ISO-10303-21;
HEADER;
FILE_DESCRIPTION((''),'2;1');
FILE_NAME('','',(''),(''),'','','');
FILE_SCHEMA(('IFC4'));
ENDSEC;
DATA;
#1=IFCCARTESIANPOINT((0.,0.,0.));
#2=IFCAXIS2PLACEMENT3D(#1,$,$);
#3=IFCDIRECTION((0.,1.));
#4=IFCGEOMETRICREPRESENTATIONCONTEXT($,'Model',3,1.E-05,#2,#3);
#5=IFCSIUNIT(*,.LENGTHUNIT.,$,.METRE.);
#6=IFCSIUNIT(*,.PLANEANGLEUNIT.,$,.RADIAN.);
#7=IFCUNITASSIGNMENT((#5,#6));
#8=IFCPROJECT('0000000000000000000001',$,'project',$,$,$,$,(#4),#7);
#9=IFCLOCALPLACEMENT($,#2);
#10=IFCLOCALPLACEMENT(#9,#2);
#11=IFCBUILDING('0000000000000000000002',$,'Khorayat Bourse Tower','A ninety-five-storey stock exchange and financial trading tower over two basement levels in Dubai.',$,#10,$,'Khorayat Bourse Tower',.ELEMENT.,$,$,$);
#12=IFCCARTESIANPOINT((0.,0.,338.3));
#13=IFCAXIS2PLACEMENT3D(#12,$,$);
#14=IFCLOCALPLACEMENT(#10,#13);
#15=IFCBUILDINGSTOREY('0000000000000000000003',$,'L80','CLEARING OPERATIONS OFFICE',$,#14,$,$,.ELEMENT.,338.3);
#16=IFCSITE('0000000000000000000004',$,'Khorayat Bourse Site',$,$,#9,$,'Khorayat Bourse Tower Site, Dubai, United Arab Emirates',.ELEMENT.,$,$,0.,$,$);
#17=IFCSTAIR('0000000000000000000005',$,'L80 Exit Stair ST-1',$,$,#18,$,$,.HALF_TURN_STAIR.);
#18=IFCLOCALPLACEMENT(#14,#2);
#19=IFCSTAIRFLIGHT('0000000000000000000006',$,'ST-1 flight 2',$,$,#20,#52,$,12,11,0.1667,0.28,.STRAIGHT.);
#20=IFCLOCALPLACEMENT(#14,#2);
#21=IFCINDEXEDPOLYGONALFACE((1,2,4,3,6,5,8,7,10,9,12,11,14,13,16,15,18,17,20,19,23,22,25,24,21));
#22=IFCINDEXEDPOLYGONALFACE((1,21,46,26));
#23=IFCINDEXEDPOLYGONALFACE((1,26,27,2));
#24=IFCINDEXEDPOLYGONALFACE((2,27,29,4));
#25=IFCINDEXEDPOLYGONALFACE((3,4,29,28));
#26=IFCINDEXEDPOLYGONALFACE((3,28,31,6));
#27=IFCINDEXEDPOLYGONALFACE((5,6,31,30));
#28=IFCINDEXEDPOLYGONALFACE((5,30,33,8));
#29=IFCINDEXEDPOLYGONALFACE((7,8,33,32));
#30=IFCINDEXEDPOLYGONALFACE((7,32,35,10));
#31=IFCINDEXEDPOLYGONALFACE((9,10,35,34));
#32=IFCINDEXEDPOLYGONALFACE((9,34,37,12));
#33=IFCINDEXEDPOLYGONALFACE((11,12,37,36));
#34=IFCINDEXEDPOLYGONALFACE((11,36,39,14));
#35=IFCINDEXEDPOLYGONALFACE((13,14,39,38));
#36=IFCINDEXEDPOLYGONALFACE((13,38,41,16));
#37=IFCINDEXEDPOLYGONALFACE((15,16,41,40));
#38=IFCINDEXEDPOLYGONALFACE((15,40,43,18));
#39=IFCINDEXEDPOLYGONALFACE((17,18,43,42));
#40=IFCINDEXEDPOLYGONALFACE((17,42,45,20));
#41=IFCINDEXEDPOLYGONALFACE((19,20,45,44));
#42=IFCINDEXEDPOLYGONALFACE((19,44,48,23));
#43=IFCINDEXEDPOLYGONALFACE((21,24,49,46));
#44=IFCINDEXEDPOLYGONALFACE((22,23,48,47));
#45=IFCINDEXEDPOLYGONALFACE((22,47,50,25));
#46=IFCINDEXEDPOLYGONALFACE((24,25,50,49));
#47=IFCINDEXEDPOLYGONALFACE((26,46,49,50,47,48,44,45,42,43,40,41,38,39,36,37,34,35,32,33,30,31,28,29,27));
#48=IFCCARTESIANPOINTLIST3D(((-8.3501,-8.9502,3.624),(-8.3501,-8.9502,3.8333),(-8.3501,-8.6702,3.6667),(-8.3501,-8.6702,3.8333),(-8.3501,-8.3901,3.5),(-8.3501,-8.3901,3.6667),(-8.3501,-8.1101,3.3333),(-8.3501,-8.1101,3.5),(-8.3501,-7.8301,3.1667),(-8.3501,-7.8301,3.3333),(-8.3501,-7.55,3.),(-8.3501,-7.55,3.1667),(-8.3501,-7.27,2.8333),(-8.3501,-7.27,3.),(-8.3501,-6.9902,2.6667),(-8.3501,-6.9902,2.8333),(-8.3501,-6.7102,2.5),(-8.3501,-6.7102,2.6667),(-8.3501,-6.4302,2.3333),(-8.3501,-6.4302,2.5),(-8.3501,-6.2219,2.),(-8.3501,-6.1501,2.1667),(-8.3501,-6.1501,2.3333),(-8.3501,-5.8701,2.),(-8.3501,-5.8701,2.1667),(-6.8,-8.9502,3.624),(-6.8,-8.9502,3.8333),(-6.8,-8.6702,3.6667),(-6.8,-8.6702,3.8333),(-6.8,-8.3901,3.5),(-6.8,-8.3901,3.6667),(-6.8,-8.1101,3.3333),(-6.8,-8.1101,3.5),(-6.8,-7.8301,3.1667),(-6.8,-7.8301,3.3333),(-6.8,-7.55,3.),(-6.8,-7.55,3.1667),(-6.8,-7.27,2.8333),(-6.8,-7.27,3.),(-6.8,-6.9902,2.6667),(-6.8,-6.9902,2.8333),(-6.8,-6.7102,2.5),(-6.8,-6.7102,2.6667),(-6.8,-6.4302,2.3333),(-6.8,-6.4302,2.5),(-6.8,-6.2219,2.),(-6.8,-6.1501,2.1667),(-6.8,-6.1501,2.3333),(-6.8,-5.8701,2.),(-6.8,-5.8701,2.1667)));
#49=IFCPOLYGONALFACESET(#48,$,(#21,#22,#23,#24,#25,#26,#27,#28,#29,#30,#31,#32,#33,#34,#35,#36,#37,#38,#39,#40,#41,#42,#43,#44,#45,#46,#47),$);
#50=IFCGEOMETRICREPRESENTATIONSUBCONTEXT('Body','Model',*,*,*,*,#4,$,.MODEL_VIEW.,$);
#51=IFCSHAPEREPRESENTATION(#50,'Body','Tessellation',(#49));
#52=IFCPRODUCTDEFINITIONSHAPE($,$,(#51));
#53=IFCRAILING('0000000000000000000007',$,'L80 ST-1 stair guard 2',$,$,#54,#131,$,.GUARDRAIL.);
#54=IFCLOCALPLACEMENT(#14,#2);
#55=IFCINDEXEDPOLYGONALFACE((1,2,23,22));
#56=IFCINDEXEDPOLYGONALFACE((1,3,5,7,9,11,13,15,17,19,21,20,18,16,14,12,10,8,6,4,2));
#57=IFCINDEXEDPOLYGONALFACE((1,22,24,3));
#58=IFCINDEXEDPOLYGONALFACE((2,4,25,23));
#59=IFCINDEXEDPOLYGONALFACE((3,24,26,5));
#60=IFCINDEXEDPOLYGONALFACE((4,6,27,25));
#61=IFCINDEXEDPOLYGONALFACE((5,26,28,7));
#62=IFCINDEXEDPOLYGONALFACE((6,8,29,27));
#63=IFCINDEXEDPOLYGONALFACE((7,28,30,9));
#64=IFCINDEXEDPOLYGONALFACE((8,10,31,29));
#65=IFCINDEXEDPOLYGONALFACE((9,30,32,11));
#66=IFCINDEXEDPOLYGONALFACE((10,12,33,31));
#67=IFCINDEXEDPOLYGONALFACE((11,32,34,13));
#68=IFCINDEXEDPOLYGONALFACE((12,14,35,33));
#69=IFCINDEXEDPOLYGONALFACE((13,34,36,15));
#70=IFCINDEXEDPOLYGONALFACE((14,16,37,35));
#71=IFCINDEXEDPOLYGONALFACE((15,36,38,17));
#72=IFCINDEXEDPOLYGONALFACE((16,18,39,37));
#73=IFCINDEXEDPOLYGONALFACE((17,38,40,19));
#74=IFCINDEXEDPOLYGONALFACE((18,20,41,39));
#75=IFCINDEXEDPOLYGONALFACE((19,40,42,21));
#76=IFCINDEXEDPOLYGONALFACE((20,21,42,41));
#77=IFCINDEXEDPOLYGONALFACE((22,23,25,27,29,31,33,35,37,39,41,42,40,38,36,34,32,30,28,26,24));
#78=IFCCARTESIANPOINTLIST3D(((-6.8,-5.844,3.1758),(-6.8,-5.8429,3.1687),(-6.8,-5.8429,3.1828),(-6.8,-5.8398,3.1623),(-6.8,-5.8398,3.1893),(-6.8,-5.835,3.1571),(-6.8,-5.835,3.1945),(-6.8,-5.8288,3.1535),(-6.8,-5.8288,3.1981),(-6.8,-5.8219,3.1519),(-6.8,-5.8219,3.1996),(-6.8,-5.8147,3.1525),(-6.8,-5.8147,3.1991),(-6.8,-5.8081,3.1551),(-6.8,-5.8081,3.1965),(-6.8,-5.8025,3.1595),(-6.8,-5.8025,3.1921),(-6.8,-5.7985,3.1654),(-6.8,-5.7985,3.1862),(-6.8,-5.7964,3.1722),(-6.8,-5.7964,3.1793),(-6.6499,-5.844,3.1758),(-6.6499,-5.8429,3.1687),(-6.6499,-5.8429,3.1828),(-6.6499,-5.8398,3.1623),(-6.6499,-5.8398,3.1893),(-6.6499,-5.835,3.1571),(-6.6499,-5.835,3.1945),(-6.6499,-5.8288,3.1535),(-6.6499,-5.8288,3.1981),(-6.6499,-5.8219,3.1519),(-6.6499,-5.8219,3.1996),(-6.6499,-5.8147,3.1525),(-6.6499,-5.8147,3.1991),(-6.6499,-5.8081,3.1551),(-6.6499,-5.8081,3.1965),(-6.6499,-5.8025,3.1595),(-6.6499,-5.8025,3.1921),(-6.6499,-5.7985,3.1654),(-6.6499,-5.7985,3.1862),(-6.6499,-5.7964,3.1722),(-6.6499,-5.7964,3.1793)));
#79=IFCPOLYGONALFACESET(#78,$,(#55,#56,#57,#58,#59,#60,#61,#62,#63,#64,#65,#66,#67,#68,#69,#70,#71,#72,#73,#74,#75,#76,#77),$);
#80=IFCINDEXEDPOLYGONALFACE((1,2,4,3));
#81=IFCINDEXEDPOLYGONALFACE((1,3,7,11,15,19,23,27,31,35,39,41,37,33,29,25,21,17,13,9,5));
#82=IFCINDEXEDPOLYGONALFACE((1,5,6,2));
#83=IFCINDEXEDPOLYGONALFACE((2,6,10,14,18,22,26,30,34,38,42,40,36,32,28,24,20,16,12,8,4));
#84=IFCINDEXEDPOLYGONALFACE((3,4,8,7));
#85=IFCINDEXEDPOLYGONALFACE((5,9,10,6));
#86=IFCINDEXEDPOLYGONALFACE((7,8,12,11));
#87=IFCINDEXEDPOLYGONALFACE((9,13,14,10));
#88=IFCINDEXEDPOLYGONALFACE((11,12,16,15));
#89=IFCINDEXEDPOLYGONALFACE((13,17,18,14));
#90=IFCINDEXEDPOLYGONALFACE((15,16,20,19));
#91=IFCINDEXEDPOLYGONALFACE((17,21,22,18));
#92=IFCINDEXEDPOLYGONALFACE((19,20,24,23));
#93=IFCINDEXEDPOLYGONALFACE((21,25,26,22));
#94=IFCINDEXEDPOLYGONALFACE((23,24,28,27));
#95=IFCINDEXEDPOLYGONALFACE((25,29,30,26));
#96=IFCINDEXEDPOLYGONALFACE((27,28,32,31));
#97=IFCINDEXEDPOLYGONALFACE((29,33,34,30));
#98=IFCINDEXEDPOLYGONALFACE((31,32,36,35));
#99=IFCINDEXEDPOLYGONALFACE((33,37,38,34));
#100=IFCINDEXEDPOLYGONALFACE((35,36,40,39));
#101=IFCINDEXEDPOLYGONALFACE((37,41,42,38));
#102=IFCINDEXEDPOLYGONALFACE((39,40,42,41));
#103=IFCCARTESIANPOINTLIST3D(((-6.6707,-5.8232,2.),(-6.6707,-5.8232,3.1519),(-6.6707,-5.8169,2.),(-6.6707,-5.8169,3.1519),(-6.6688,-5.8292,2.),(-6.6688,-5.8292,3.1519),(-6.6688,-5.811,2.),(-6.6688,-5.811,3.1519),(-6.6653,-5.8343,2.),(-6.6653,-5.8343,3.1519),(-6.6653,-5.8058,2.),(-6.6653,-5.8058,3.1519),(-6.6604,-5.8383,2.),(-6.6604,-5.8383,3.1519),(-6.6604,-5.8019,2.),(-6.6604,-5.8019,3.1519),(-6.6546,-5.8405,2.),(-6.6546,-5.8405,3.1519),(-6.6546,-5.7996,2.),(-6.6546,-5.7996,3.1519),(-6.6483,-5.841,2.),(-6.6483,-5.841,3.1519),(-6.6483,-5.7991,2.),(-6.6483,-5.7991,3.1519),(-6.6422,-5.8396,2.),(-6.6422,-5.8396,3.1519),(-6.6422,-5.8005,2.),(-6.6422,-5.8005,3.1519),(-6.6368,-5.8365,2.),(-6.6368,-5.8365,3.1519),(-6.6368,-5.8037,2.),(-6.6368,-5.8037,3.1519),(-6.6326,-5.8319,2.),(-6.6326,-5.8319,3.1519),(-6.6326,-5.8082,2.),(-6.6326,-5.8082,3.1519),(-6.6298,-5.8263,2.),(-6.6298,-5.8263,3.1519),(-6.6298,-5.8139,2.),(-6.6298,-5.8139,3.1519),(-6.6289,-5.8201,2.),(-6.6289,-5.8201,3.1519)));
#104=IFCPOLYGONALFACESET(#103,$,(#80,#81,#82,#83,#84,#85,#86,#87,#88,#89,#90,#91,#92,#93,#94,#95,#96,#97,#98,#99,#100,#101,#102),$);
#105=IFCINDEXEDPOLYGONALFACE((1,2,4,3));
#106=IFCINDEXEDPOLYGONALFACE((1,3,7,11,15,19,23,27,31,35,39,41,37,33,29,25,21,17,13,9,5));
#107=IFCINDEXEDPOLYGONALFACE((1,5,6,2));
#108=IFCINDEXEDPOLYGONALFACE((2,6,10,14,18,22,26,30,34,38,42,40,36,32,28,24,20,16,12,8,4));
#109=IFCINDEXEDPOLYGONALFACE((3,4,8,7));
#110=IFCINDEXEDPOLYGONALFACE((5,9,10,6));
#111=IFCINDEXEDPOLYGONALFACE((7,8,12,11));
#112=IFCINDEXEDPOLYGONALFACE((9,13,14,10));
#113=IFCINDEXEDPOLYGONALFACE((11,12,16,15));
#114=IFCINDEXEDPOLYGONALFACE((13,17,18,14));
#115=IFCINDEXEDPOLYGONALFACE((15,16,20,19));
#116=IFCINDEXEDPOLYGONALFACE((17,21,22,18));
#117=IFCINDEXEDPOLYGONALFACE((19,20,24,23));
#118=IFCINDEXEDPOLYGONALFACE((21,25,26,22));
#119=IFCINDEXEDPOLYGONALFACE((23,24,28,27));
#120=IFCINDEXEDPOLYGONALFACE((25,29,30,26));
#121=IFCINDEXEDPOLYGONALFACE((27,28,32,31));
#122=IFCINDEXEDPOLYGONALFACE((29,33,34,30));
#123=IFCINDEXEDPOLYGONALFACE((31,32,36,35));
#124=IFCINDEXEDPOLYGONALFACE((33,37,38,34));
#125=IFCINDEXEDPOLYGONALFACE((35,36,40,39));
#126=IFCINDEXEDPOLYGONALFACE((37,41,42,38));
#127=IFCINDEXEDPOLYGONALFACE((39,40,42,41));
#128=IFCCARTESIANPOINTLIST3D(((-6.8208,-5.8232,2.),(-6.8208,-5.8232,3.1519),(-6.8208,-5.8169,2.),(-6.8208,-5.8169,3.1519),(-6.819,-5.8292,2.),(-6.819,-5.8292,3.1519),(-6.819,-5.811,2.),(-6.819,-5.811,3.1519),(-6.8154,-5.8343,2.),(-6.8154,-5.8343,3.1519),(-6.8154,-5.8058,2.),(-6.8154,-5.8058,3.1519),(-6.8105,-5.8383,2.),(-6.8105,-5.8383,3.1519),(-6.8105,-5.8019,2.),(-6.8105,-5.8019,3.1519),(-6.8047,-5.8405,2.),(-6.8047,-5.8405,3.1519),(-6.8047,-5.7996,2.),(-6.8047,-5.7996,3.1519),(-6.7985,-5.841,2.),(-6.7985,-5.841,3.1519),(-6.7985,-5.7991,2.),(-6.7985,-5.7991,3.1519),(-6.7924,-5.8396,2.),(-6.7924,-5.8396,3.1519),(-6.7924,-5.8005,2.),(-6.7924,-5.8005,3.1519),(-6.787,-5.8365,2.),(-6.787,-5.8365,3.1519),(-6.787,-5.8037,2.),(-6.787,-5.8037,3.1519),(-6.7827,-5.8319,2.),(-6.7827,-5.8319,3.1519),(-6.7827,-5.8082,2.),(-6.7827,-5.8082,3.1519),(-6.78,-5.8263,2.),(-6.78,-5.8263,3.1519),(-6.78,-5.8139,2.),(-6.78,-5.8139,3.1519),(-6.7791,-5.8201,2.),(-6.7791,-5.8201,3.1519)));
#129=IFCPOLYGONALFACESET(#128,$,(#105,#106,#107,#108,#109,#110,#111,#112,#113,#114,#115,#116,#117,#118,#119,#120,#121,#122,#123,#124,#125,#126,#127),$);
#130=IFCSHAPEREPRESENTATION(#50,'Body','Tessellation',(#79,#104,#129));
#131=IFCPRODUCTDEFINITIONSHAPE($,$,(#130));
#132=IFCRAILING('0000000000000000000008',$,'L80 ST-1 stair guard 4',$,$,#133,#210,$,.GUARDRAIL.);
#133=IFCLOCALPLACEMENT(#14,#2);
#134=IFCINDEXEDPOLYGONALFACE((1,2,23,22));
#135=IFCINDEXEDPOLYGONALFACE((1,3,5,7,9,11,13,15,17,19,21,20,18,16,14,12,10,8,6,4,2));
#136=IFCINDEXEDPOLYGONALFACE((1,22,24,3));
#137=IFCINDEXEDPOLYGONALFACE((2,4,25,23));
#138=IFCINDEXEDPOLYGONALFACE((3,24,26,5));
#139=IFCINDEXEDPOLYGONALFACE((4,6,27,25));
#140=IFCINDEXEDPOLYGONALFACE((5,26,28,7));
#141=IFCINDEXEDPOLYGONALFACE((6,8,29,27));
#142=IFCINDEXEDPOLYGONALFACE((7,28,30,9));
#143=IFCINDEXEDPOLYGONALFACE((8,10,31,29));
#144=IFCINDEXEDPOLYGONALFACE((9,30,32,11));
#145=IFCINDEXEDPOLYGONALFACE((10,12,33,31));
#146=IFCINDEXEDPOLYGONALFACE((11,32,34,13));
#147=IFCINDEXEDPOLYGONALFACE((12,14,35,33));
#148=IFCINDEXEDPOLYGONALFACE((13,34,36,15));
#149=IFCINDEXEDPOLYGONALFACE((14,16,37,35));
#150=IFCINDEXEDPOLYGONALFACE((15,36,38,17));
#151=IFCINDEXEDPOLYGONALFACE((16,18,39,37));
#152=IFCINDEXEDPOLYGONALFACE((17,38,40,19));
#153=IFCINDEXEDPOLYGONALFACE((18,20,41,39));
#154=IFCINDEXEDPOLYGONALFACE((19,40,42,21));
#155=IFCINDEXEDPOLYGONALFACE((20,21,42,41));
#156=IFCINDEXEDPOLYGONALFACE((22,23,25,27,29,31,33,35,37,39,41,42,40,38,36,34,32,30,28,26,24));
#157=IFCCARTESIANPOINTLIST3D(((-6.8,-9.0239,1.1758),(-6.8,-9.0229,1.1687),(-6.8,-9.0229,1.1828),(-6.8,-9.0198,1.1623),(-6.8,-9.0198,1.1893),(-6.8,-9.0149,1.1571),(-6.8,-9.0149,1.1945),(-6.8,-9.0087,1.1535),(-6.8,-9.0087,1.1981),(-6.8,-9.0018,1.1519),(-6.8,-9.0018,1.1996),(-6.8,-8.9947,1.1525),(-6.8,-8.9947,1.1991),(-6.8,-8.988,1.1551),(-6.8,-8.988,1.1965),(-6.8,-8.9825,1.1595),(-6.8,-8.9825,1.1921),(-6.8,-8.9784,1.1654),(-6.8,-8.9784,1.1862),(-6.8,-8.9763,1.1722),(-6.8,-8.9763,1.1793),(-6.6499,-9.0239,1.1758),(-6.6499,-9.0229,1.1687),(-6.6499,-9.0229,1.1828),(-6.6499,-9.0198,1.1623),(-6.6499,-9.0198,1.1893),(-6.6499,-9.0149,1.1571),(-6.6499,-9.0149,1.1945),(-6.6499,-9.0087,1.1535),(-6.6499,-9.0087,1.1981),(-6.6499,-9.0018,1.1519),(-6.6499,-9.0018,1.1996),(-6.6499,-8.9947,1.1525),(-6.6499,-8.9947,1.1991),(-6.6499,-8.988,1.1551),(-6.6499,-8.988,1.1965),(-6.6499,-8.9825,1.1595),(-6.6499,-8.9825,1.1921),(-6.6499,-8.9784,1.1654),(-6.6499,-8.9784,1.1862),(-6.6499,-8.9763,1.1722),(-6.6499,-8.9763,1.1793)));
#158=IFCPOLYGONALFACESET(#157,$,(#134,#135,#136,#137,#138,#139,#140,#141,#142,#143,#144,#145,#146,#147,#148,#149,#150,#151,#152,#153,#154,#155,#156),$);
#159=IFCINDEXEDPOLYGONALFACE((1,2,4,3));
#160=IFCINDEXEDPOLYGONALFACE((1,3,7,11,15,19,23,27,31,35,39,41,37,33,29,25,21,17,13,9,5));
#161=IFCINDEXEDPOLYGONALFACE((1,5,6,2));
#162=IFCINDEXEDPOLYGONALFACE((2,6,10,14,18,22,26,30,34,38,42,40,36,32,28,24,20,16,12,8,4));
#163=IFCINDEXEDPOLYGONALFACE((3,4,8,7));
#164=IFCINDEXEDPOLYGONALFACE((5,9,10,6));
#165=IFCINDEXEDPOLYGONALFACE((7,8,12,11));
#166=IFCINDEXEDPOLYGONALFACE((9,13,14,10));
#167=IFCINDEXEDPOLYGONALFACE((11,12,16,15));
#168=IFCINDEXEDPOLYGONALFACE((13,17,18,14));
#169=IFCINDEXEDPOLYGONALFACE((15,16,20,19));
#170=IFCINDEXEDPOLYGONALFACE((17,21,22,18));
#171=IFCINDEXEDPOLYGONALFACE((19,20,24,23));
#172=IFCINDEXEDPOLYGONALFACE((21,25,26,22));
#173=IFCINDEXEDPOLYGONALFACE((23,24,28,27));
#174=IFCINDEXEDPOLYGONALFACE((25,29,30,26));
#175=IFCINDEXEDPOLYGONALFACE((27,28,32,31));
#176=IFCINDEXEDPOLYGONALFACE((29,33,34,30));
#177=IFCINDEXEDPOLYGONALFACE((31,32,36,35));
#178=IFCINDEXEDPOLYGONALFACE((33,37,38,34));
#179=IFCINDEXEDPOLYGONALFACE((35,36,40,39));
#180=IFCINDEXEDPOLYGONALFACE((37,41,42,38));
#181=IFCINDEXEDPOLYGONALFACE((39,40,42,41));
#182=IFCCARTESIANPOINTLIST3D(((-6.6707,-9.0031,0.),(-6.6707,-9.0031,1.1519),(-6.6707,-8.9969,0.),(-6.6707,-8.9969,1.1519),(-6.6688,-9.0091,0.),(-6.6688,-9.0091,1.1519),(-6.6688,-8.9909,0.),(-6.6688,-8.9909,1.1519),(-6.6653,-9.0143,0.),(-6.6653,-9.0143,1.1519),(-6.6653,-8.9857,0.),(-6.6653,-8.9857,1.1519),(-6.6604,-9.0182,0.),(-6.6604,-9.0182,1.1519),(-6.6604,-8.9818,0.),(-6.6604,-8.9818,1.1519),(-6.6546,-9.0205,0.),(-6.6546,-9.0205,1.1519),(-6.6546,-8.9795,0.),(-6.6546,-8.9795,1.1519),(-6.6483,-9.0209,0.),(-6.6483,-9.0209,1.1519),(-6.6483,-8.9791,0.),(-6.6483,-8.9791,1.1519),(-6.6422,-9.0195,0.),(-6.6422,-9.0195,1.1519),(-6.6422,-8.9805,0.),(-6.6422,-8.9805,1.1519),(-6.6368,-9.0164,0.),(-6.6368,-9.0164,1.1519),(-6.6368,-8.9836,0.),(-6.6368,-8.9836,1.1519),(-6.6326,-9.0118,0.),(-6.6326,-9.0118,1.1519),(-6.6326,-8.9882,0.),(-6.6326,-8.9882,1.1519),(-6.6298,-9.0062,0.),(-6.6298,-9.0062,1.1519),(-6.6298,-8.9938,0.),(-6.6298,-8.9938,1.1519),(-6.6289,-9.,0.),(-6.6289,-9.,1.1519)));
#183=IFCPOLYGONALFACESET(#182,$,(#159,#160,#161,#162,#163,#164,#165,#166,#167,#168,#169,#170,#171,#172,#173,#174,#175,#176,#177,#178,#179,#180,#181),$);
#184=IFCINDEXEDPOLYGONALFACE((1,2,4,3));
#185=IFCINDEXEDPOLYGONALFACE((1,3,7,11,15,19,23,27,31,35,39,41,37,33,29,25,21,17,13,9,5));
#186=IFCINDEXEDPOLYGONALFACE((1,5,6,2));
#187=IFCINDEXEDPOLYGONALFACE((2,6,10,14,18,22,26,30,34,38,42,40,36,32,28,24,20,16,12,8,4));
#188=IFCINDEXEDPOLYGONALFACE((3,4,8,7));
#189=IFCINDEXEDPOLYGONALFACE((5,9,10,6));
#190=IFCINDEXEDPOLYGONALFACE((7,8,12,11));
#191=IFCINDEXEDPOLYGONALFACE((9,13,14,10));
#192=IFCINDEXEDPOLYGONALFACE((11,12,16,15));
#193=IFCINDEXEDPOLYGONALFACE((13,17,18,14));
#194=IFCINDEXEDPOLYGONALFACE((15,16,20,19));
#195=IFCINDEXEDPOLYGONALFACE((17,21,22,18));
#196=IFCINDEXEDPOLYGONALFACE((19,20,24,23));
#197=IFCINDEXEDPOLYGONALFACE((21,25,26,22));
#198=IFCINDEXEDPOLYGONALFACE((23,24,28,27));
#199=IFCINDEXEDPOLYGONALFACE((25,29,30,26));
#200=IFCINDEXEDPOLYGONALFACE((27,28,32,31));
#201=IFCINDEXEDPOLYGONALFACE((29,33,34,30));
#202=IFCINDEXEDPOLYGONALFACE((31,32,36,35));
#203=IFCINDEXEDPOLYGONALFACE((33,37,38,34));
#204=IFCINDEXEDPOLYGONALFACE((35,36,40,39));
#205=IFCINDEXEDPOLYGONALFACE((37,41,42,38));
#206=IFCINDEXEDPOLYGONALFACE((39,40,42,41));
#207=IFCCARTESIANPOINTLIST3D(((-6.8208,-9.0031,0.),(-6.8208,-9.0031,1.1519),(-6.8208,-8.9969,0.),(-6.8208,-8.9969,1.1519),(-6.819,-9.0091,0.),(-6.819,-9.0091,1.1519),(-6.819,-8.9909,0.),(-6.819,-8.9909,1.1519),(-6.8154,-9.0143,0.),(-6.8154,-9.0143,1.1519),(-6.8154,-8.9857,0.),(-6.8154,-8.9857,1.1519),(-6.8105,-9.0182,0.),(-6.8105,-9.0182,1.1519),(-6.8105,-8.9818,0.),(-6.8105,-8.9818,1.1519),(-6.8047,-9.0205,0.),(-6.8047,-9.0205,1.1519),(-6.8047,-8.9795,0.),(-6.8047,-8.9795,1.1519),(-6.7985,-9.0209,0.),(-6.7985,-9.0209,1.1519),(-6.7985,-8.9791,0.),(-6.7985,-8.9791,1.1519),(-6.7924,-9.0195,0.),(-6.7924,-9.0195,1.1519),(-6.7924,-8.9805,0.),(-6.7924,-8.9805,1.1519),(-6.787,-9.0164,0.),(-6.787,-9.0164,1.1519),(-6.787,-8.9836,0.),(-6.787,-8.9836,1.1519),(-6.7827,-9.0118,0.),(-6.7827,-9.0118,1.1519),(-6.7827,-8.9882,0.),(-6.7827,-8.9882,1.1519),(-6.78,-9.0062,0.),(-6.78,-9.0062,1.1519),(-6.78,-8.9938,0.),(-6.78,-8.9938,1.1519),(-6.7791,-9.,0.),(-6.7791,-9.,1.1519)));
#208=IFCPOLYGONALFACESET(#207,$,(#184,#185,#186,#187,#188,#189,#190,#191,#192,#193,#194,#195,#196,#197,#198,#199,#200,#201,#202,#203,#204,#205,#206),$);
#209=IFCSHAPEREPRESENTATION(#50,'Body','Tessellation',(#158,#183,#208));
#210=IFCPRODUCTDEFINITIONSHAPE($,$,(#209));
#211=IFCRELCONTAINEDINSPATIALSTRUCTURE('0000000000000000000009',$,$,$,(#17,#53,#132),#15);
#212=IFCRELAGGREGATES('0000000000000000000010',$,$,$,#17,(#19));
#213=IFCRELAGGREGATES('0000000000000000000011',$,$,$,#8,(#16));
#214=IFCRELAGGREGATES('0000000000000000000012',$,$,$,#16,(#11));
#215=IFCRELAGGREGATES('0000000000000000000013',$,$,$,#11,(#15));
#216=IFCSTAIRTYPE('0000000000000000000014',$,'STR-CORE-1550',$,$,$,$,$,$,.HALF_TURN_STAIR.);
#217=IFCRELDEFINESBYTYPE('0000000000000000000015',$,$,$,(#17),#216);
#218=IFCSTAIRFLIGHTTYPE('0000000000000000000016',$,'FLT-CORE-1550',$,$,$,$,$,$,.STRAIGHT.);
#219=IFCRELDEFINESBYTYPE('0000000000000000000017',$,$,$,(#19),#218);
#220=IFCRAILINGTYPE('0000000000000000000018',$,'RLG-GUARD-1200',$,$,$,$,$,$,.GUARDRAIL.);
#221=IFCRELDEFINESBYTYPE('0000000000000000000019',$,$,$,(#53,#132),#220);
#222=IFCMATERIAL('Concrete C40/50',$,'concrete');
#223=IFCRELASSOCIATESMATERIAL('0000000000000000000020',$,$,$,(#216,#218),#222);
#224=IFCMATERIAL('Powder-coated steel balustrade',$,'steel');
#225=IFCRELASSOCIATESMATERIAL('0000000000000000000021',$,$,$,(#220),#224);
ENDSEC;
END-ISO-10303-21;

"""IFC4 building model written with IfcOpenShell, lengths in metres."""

from ifc_helpers import new_model, si_unit, direction, frame, origin, origin_2d, place, context, subcontext, project, spatial, polyline, circle, outline, extrude, source, transform, mapped, material, type_object, element, aggregate, save


model = new_model("IFC4")

# Units and contexts
model_context = context("Model", 3, precision=1e-05, world=origin(), true_north=direction((0.0, 1.0)))
body_context = subcontext(model_context, "Body", "Model", "MODEL_VIEW")
ifc_project = project(units=[si_unit("LENGTHUNIT", "METRE"), si_unit("PLANEANGLEUNIT", "RADIAN")], contexts=[model_context])

# Site, building, storey
site_placement = place(None, origin())
site = spatial("IfcSite", under=ifc_project, at=site_placement, Name="Khorayat Bourse Site", LongName="Khorayat Bourse Tower Site, Dubai, United Arab Emirates", CompositionType="ELEMENT", RefElevation=0.0)
building_placement = place(site_placement, origin())
building = spatial("IfcBuilding", under=site, at=building_placement, Name="Khorayat Bourse Tower", Description="A ninety-five-storey stock exchange and financial trading tower over two basement levels in Dubai.", LongName="Khorayat Bourse Tower", CompositionType="ELEMENT")
storey_placement = place(building_placement, frame((0.0, 0.0, 338.3)))
storey = spatial("IfcBuildingStorey", under=building, at=storey_placement, Name="L80", Description="CLEARING OPERATIONS OFFICE", CompositionType="ELEMENT", Elevation=338.3)

# Stair, stair flight
ifc_material_1 = material(Name="Concrete C40/50", Category="concrete")
stair_type = type_object("IfcStairType", Name="STR-CORE-1550", PredefinedType="HALF_TURN_STAIR", material=ifc_material_1)
stair_placement = place(storey_placement, origin())
stair = element("IfcStair", 1, at=stair_placement, inside=storey, type_object=stair_type, Name="L80 Exit Stair ST-1", PredefinedType="HALF_TURN_STAIR")
stair_flight_type = type_object("IfcStairFlightType", Name="FLT-CORE-1550", PredefinedType="STRAIGHT", material=ifc_material_1)
shared_shape_1 = source(origin(), body_context, "Body", "SweptSolid", [
    extrude(outline(polyline([(0.0, 0.0), (0.0, 0.1667), (0.28, 0.1667), (0.28, 0.3333), (0.5601, 0.3333), (0.5601, 0.5), (0.8401, 0.5), (0.8401, 0.6667), (1.1201, 0.6667), (1.1201, 0.8333), (1.3999, 0.8333), (1.3999, 1.0), (1.6799, 1.0), (1.6799, 1.1667), (1.96, 1.1667), (1.96, 1.3333), (2.24, 1.3333), (2.24, 1.5), (2.52, 1.5), (2.52, 1.6667), (2.8, 1.6667), (2.8, 1.8333), (3.0801, 1.8333), (3.0801, 2.0), (3.0801, 1.624), (0.3518, 0.0), (0.0, 0.0)])), frame((0.0, 0.7749, 0.0), z_axis=(0.0, -1.0, 0.0), x_axis=(1.0, 0.0, 0.0)), (0.0, 0.0, 1.0), 1.55),
])
stair_flight_1_placement = place(storey_placement, frame((-7.575, -5.8701, 2.0), z_axis=(0.0, 0.0, 1.0), x_axis=(0.0, -1.0, 0.0)))
stair_flight_1 = element("IfcStairFlight", 2, at=stair_flight_1_placement, type_object=stair_flight_type, Name="ST-1 flight 2", NumberOfRisers=12, NumberOfTreads=11, PredefinedType="STRAIGHT", RiserHeight=0.1667, TreadLength=0.28, context=body_context, shape_type="MappedRepresentation", body=[
    mapped(shared_shape_1, transform((0.0, 0.0, 0.0), scale=1.0)),
])
aggregate(stair, [stair_flight_1])

# Railings
ifc_material_2 = material(Name="Powder-coated steel balustrade", Category="steel")
railing_type_1 = type_object("IfcRailingType", Name="RLG-GUARD-1200", PredefinedType="GUARDRAIL", material=ifc_material_2)
shared_shape_2 = source(origin(), body_context, "Body", "SweptSolid", [
    extrude(circle(Radius=0.0239, at=origin_2d()), frame((0.0, 0.0, 1.1758), z_axis=(-1.0, 0.0, 0.0), x_axis=(0.0, -1.0, 0.0)), (0.0, 0.0, 1.0), 0.1501),
    extrude(circle(Radius=0.021, at=origin_2d()), origin(), (0.0, 0.0, 1.0), 1.1519),
    extrude(circle(Radius=0.021, at=origin_2d()), frame((-0.1501, 0.0, 0.0)), (0.0, 0.0, 1.0), 1.1519),
])
for number, where, name in (
    (3, (-6.6499, -5.8201, 2.0), "L80 ST-1 stair guard 2"),
    (4, (-6.6499, -9.0, 0.0), "L80 ST-1 stair guard 4"),
):
    element("IfcRailing", number, at=place(storey_placement, frame(where)), inside=storey, type_object=railing_type_1, Name=name, PredefinedType="GUARDRAIL", context=body_context, shape_type="MappedRepresentation", body=[
        mapped(shared_shape_2, transform((0.0, 0.0, 0.0), scale=1.0)),
    ])

save(model, "model.ifc")
